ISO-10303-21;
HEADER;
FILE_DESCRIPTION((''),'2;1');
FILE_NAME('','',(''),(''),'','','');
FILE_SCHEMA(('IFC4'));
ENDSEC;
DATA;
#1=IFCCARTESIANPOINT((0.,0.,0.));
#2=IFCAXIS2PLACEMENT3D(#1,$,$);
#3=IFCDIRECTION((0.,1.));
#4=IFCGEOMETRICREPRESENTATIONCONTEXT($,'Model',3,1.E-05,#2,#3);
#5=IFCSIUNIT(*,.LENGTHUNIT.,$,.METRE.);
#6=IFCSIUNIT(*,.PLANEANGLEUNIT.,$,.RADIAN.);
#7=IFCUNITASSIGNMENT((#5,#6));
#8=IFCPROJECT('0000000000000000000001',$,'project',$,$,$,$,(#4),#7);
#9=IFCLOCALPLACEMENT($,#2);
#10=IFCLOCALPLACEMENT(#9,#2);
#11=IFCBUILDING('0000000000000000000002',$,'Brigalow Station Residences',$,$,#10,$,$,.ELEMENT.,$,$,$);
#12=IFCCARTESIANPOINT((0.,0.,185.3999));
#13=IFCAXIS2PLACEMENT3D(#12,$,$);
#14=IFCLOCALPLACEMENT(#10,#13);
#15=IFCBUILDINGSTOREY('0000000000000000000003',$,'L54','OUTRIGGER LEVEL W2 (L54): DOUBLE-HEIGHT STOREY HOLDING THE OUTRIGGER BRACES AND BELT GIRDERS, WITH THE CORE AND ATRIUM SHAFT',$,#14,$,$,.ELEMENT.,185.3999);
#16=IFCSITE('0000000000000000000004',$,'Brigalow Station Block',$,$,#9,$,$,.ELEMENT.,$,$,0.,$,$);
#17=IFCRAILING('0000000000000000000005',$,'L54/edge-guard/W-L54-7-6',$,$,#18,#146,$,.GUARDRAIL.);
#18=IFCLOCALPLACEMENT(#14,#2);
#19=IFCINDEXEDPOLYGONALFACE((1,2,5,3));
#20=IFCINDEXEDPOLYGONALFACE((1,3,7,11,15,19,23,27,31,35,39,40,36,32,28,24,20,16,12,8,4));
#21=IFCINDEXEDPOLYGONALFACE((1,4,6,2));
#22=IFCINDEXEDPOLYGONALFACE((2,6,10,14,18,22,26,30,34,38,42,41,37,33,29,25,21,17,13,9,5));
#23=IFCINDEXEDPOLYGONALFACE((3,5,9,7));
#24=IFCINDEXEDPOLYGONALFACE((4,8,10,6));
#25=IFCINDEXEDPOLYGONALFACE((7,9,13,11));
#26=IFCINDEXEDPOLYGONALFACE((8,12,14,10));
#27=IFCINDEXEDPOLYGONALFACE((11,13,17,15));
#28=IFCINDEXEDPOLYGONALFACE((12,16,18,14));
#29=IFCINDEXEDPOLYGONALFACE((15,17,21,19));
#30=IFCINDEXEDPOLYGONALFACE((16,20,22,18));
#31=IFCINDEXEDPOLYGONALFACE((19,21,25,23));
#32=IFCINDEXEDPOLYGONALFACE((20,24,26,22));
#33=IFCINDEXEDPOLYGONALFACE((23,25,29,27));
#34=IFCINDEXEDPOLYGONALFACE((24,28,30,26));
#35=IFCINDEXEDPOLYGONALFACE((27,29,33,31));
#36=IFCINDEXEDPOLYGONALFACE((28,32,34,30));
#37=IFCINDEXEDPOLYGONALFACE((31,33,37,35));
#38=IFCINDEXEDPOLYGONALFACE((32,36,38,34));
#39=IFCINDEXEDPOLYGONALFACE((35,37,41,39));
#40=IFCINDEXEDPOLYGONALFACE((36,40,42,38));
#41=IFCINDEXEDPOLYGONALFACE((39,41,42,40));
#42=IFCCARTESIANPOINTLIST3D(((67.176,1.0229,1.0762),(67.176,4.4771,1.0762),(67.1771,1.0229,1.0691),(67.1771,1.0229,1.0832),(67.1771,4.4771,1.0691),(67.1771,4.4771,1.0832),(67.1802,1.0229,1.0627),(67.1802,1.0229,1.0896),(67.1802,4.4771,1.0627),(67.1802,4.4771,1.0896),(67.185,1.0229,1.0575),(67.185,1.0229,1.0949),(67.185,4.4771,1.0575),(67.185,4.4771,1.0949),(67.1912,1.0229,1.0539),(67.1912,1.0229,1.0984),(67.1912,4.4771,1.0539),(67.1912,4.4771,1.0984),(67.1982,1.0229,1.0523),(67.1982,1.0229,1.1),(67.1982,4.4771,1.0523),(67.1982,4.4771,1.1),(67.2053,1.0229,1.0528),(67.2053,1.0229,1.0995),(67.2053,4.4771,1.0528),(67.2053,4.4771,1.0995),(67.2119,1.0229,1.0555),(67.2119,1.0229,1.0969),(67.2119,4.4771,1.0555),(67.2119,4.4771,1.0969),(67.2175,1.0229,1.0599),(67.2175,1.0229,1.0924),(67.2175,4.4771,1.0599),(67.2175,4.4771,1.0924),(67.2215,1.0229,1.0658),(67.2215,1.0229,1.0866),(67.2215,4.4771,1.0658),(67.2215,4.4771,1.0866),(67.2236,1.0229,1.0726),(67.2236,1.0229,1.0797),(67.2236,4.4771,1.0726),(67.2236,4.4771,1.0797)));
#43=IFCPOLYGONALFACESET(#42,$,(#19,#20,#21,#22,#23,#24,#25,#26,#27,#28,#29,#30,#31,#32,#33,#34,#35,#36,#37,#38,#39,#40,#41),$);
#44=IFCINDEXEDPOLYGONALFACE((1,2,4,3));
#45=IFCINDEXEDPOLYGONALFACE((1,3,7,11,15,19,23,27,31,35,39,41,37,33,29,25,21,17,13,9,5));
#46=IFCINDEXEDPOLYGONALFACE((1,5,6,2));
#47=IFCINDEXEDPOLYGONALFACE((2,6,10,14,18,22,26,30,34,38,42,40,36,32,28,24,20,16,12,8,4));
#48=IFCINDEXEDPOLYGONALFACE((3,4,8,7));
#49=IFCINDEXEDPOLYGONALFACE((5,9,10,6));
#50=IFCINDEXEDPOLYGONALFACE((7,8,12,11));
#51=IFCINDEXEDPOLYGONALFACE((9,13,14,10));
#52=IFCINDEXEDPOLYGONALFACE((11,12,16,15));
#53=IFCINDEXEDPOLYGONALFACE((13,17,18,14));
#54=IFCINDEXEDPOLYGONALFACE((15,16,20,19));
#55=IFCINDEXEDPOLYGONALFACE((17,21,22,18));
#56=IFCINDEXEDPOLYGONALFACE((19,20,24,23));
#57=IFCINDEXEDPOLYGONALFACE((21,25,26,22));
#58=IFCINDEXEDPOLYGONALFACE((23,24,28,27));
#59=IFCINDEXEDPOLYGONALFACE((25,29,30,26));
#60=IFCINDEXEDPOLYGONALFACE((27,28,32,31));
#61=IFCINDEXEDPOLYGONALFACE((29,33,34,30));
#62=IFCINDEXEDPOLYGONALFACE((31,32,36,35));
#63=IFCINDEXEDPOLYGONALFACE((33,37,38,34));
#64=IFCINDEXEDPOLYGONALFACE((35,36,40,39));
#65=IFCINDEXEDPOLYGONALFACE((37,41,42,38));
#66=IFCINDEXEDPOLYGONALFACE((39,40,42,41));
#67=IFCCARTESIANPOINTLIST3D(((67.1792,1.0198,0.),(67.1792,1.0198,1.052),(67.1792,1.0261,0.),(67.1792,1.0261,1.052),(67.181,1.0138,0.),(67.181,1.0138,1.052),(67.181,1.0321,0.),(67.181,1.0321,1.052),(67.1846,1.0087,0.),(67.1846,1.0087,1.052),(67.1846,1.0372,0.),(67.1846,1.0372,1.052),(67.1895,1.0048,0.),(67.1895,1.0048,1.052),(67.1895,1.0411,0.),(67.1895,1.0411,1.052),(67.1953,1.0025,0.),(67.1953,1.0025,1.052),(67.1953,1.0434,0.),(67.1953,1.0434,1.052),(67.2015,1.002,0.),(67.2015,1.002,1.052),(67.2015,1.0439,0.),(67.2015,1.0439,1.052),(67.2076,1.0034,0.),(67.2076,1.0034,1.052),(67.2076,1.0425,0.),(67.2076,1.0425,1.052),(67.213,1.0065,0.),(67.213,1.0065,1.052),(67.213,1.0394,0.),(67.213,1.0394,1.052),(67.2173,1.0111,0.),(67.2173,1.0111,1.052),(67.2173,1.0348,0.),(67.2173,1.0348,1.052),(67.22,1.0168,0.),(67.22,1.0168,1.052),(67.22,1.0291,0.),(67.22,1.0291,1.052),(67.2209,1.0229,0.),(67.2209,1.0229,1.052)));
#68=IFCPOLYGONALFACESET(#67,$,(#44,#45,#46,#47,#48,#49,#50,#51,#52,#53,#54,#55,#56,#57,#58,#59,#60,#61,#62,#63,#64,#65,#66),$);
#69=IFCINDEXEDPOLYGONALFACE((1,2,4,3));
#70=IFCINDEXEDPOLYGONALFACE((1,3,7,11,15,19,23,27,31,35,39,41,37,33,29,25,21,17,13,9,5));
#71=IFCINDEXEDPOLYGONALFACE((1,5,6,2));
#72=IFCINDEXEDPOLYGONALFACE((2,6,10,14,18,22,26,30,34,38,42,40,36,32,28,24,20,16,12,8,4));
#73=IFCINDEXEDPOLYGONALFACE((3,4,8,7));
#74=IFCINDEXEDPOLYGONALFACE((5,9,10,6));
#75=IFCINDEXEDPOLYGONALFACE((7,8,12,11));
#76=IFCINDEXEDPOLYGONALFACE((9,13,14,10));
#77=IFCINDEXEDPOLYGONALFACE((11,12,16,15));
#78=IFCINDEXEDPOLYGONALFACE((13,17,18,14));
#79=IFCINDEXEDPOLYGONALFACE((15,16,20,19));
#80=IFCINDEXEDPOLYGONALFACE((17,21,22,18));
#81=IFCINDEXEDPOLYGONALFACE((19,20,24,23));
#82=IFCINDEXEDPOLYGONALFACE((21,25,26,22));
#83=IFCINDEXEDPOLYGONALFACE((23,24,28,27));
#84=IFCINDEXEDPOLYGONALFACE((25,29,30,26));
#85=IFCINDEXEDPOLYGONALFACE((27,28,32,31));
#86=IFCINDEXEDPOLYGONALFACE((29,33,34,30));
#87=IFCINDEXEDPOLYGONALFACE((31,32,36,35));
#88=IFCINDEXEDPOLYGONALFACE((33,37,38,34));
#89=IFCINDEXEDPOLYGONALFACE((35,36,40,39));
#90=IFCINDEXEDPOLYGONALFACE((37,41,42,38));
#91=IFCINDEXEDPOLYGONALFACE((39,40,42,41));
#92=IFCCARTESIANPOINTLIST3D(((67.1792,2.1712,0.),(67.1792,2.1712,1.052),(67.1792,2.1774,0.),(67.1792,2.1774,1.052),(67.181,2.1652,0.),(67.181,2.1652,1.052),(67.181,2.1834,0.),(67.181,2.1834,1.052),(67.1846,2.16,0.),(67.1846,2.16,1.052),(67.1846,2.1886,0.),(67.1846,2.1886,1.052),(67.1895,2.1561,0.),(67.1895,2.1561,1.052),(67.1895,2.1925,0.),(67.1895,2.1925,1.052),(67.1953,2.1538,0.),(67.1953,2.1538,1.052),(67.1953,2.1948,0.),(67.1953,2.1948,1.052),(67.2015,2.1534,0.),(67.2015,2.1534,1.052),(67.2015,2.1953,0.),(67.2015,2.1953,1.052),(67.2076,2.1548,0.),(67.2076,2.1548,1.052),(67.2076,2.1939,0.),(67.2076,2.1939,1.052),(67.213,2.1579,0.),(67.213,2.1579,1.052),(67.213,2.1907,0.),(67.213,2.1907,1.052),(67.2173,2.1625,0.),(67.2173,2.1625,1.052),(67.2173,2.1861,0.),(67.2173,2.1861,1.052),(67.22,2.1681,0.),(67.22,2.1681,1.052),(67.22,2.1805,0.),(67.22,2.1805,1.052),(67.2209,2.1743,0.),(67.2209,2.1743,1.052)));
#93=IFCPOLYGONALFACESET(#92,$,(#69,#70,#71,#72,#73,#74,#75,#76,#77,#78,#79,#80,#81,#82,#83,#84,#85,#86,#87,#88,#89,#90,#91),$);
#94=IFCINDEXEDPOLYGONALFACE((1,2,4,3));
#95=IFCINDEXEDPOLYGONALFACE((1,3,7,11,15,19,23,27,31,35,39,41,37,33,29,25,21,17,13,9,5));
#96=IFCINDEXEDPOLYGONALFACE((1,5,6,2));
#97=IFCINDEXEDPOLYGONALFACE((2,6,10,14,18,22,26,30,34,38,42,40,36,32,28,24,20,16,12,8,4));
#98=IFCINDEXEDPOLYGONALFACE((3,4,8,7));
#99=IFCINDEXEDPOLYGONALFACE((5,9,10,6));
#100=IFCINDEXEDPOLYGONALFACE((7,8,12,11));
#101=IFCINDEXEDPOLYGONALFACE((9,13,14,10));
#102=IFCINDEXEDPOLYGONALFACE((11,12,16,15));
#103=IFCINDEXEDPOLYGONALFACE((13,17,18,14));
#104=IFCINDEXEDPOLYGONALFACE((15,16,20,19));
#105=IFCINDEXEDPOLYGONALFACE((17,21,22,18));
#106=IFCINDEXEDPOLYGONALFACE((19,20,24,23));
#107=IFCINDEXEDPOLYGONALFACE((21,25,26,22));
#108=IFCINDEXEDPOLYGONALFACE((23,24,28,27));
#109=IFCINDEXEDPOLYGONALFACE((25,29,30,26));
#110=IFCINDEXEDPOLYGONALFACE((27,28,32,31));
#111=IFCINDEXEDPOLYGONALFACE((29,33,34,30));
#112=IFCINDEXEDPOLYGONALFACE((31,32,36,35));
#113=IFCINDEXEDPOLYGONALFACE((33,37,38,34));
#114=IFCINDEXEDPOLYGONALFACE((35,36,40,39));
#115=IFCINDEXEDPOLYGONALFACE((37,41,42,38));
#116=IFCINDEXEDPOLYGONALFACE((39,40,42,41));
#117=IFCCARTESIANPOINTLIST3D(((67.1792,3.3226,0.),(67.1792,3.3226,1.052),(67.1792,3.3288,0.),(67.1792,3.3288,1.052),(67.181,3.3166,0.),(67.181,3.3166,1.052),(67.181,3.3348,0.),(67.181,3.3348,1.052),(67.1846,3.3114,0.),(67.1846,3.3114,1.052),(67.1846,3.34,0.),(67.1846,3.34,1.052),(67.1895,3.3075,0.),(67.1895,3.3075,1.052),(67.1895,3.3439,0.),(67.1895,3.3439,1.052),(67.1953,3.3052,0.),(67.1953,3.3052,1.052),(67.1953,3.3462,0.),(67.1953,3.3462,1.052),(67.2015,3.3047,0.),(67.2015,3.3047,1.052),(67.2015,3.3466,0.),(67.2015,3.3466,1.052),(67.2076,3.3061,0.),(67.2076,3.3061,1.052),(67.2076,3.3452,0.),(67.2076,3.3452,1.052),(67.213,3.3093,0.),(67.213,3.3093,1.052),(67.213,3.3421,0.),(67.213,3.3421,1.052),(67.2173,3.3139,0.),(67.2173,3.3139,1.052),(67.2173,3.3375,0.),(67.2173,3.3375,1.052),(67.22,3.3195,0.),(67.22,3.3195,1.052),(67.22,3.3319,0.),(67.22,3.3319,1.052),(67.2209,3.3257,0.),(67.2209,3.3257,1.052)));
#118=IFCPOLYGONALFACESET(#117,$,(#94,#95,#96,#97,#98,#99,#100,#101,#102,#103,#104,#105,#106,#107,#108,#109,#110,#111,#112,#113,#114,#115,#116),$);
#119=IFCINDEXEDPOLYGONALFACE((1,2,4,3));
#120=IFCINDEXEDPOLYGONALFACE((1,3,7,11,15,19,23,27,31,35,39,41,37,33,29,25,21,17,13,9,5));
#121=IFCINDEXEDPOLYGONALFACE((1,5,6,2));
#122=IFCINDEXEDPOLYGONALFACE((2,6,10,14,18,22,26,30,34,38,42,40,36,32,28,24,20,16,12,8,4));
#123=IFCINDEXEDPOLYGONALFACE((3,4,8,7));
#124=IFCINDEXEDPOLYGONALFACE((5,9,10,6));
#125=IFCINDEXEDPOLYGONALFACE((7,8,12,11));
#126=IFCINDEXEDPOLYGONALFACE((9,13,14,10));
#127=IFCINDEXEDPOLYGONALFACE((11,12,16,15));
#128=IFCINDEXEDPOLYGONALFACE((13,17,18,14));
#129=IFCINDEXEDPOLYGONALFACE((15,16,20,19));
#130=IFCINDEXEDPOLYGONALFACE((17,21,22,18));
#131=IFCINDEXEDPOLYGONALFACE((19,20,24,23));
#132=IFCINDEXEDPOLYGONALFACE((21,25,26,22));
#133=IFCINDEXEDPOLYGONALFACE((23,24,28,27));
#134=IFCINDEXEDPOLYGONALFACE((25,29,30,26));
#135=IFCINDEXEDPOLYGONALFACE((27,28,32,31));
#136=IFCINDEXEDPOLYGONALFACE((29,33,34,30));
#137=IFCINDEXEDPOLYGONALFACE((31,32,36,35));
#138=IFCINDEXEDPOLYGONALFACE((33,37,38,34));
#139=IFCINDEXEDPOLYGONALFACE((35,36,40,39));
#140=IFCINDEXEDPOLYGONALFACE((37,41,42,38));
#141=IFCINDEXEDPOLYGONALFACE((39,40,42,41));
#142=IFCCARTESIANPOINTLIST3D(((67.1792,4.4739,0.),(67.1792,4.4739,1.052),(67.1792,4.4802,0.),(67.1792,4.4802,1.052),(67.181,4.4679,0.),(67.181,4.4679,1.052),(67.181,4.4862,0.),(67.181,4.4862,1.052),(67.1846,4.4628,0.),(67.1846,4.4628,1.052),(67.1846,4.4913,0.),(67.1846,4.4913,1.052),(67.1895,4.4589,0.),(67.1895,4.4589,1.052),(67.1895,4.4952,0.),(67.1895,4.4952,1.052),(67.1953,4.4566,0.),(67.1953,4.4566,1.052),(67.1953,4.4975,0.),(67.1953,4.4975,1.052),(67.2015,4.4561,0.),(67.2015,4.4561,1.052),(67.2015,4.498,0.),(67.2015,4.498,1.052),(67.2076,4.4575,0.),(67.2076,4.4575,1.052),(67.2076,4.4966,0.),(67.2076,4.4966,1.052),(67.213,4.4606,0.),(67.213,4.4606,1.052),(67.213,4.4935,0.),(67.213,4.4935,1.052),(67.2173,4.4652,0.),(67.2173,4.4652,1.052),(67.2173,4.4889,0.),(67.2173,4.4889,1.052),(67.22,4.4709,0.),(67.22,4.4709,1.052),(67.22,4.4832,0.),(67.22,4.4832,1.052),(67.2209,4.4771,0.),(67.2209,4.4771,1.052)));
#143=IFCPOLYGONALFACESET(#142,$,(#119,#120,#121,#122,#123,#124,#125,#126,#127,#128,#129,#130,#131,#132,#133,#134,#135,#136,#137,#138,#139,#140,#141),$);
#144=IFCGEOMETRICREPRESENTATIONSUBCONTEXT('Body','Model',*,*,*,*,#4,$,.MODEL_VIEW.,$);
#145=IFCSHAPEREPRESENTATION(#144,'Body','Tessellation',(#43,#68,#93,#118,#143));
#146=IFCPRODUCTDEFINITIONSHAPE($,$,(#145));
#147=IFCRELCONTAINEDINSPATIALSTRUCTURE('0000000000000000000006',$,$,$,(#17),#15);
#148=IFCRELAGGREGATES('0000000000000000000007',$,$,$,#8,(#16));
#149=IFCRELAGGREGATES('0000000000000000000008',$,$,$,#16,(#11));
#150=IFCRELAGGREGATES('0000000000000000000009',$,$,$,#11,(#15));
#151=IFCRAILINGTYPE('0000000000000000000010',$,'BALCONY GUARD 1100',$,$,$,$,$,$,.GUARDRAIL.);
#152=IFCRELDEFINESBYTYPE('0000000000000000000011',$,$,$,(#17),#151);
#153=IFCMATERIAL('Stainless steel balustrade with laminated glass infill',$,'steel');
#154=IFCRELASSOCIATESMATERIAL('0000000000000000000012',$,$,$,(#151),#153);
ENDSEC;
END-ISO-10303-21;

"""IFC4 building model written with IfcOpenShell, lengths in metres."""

from ifc_helpers import new_model, si_unit, direction, frame, origin, origin_2d, place, context, subcontext, project, spatial, circle, extrude, material, type_object, element, save


model = new_model("IFC4")

# Units and contexts
model_context = context("Model", 3, precision=1e-05, world=origin(), true_north=direction((0.0, 1.0)))
body_context = subcontext(model_context, "Body", "Model", "MODEL_VIEW")
ifc_project = project(units=[si_unit("LENGTHUNIT", "METRE"), si_unit("PLANEANGLEUNIT", "RADIAN")], contexts=[model_context])

# Site, building, storey
site_placement = place(None, origin())
site = spatial("IfcSite", under=ifc_project, at=site_placement, Name="Brigalow Station Block", CompositionType="ELEMENT", RefElevation=0.0)
building_placement = place(site_placement, origin())
building = spatial("IfcBuilding", under=site, at=building_placement, Name="Brigalow Station Residences", CompositionType="ELEMENT")
storey_placement = place(building_placement, frame((0.0, 0.0, 185.3999)))
storey = spatial("IfcBuildingStorey", under=building, at=storey_placement, Name="L54", Description="OUTRIGGER LEVEL W2 (L54): DOUBLE-HEIGHT STOREY HOLDING THE OUTRIGGER BRACES AND BELT GIRDERS, WITH THE CORE AND ATRIUM SHAFT", CompositionType="ELEMENT", Elevation=185.3999)

# Railing
ifc_material_1 = material(Name="Stainless steel balustrade with laminated glass infill", Category="steel")
railing_type = type_object("IfcRailingType", Name="BALCONY GUARD 1100", PredefinedType="GUARDRAIL", material=ifc_material_1)
railing_1_placement = place(storey_placement, frame((67.2, 1.0229, 0.0)))
element("IfcRailing", 1, at=railing_1_placement, inside=storey, type_object=railing_type, Name="L54/edge-guard/W-L54-7-6", PredefinedType="GUARDRAIL", context=body_context, shape_type="SweptSolid", body=[
    extrude(circle(Radius=0.0239, at=origin_2d()), frame((0.0, 0.0, 1.0762), z_axis=(0.0, 1.0, 0.0), x_axis=(-1.0, 0.0, 0.0)), (0.0, 0.0, 1.0), 3.4541),
    extrude(circle(Radius=0.021, at=origin_2d()), origin(), (0.0, 0.0, 1.0), 1.052),
    extrude(circle(Radius=0.021, at=origin_2d()), frame((0.0, 1.1514, 0.0)), (0.0, 0.0, 1.0), 1.052),
    extrude(circle(Radius=0.021, at=origin_2d()), frame((0.0, 2.3027, 0.0)), (0.0, 0.0, 1.0), 1.052),
    extrude(circle(Radius=0.021, at=origin_2d()), frame((0.0, 3.4541, 0.0)), (0.0, 0.0, 1.0), 1.052),
])

save(model, "model.ifc")
